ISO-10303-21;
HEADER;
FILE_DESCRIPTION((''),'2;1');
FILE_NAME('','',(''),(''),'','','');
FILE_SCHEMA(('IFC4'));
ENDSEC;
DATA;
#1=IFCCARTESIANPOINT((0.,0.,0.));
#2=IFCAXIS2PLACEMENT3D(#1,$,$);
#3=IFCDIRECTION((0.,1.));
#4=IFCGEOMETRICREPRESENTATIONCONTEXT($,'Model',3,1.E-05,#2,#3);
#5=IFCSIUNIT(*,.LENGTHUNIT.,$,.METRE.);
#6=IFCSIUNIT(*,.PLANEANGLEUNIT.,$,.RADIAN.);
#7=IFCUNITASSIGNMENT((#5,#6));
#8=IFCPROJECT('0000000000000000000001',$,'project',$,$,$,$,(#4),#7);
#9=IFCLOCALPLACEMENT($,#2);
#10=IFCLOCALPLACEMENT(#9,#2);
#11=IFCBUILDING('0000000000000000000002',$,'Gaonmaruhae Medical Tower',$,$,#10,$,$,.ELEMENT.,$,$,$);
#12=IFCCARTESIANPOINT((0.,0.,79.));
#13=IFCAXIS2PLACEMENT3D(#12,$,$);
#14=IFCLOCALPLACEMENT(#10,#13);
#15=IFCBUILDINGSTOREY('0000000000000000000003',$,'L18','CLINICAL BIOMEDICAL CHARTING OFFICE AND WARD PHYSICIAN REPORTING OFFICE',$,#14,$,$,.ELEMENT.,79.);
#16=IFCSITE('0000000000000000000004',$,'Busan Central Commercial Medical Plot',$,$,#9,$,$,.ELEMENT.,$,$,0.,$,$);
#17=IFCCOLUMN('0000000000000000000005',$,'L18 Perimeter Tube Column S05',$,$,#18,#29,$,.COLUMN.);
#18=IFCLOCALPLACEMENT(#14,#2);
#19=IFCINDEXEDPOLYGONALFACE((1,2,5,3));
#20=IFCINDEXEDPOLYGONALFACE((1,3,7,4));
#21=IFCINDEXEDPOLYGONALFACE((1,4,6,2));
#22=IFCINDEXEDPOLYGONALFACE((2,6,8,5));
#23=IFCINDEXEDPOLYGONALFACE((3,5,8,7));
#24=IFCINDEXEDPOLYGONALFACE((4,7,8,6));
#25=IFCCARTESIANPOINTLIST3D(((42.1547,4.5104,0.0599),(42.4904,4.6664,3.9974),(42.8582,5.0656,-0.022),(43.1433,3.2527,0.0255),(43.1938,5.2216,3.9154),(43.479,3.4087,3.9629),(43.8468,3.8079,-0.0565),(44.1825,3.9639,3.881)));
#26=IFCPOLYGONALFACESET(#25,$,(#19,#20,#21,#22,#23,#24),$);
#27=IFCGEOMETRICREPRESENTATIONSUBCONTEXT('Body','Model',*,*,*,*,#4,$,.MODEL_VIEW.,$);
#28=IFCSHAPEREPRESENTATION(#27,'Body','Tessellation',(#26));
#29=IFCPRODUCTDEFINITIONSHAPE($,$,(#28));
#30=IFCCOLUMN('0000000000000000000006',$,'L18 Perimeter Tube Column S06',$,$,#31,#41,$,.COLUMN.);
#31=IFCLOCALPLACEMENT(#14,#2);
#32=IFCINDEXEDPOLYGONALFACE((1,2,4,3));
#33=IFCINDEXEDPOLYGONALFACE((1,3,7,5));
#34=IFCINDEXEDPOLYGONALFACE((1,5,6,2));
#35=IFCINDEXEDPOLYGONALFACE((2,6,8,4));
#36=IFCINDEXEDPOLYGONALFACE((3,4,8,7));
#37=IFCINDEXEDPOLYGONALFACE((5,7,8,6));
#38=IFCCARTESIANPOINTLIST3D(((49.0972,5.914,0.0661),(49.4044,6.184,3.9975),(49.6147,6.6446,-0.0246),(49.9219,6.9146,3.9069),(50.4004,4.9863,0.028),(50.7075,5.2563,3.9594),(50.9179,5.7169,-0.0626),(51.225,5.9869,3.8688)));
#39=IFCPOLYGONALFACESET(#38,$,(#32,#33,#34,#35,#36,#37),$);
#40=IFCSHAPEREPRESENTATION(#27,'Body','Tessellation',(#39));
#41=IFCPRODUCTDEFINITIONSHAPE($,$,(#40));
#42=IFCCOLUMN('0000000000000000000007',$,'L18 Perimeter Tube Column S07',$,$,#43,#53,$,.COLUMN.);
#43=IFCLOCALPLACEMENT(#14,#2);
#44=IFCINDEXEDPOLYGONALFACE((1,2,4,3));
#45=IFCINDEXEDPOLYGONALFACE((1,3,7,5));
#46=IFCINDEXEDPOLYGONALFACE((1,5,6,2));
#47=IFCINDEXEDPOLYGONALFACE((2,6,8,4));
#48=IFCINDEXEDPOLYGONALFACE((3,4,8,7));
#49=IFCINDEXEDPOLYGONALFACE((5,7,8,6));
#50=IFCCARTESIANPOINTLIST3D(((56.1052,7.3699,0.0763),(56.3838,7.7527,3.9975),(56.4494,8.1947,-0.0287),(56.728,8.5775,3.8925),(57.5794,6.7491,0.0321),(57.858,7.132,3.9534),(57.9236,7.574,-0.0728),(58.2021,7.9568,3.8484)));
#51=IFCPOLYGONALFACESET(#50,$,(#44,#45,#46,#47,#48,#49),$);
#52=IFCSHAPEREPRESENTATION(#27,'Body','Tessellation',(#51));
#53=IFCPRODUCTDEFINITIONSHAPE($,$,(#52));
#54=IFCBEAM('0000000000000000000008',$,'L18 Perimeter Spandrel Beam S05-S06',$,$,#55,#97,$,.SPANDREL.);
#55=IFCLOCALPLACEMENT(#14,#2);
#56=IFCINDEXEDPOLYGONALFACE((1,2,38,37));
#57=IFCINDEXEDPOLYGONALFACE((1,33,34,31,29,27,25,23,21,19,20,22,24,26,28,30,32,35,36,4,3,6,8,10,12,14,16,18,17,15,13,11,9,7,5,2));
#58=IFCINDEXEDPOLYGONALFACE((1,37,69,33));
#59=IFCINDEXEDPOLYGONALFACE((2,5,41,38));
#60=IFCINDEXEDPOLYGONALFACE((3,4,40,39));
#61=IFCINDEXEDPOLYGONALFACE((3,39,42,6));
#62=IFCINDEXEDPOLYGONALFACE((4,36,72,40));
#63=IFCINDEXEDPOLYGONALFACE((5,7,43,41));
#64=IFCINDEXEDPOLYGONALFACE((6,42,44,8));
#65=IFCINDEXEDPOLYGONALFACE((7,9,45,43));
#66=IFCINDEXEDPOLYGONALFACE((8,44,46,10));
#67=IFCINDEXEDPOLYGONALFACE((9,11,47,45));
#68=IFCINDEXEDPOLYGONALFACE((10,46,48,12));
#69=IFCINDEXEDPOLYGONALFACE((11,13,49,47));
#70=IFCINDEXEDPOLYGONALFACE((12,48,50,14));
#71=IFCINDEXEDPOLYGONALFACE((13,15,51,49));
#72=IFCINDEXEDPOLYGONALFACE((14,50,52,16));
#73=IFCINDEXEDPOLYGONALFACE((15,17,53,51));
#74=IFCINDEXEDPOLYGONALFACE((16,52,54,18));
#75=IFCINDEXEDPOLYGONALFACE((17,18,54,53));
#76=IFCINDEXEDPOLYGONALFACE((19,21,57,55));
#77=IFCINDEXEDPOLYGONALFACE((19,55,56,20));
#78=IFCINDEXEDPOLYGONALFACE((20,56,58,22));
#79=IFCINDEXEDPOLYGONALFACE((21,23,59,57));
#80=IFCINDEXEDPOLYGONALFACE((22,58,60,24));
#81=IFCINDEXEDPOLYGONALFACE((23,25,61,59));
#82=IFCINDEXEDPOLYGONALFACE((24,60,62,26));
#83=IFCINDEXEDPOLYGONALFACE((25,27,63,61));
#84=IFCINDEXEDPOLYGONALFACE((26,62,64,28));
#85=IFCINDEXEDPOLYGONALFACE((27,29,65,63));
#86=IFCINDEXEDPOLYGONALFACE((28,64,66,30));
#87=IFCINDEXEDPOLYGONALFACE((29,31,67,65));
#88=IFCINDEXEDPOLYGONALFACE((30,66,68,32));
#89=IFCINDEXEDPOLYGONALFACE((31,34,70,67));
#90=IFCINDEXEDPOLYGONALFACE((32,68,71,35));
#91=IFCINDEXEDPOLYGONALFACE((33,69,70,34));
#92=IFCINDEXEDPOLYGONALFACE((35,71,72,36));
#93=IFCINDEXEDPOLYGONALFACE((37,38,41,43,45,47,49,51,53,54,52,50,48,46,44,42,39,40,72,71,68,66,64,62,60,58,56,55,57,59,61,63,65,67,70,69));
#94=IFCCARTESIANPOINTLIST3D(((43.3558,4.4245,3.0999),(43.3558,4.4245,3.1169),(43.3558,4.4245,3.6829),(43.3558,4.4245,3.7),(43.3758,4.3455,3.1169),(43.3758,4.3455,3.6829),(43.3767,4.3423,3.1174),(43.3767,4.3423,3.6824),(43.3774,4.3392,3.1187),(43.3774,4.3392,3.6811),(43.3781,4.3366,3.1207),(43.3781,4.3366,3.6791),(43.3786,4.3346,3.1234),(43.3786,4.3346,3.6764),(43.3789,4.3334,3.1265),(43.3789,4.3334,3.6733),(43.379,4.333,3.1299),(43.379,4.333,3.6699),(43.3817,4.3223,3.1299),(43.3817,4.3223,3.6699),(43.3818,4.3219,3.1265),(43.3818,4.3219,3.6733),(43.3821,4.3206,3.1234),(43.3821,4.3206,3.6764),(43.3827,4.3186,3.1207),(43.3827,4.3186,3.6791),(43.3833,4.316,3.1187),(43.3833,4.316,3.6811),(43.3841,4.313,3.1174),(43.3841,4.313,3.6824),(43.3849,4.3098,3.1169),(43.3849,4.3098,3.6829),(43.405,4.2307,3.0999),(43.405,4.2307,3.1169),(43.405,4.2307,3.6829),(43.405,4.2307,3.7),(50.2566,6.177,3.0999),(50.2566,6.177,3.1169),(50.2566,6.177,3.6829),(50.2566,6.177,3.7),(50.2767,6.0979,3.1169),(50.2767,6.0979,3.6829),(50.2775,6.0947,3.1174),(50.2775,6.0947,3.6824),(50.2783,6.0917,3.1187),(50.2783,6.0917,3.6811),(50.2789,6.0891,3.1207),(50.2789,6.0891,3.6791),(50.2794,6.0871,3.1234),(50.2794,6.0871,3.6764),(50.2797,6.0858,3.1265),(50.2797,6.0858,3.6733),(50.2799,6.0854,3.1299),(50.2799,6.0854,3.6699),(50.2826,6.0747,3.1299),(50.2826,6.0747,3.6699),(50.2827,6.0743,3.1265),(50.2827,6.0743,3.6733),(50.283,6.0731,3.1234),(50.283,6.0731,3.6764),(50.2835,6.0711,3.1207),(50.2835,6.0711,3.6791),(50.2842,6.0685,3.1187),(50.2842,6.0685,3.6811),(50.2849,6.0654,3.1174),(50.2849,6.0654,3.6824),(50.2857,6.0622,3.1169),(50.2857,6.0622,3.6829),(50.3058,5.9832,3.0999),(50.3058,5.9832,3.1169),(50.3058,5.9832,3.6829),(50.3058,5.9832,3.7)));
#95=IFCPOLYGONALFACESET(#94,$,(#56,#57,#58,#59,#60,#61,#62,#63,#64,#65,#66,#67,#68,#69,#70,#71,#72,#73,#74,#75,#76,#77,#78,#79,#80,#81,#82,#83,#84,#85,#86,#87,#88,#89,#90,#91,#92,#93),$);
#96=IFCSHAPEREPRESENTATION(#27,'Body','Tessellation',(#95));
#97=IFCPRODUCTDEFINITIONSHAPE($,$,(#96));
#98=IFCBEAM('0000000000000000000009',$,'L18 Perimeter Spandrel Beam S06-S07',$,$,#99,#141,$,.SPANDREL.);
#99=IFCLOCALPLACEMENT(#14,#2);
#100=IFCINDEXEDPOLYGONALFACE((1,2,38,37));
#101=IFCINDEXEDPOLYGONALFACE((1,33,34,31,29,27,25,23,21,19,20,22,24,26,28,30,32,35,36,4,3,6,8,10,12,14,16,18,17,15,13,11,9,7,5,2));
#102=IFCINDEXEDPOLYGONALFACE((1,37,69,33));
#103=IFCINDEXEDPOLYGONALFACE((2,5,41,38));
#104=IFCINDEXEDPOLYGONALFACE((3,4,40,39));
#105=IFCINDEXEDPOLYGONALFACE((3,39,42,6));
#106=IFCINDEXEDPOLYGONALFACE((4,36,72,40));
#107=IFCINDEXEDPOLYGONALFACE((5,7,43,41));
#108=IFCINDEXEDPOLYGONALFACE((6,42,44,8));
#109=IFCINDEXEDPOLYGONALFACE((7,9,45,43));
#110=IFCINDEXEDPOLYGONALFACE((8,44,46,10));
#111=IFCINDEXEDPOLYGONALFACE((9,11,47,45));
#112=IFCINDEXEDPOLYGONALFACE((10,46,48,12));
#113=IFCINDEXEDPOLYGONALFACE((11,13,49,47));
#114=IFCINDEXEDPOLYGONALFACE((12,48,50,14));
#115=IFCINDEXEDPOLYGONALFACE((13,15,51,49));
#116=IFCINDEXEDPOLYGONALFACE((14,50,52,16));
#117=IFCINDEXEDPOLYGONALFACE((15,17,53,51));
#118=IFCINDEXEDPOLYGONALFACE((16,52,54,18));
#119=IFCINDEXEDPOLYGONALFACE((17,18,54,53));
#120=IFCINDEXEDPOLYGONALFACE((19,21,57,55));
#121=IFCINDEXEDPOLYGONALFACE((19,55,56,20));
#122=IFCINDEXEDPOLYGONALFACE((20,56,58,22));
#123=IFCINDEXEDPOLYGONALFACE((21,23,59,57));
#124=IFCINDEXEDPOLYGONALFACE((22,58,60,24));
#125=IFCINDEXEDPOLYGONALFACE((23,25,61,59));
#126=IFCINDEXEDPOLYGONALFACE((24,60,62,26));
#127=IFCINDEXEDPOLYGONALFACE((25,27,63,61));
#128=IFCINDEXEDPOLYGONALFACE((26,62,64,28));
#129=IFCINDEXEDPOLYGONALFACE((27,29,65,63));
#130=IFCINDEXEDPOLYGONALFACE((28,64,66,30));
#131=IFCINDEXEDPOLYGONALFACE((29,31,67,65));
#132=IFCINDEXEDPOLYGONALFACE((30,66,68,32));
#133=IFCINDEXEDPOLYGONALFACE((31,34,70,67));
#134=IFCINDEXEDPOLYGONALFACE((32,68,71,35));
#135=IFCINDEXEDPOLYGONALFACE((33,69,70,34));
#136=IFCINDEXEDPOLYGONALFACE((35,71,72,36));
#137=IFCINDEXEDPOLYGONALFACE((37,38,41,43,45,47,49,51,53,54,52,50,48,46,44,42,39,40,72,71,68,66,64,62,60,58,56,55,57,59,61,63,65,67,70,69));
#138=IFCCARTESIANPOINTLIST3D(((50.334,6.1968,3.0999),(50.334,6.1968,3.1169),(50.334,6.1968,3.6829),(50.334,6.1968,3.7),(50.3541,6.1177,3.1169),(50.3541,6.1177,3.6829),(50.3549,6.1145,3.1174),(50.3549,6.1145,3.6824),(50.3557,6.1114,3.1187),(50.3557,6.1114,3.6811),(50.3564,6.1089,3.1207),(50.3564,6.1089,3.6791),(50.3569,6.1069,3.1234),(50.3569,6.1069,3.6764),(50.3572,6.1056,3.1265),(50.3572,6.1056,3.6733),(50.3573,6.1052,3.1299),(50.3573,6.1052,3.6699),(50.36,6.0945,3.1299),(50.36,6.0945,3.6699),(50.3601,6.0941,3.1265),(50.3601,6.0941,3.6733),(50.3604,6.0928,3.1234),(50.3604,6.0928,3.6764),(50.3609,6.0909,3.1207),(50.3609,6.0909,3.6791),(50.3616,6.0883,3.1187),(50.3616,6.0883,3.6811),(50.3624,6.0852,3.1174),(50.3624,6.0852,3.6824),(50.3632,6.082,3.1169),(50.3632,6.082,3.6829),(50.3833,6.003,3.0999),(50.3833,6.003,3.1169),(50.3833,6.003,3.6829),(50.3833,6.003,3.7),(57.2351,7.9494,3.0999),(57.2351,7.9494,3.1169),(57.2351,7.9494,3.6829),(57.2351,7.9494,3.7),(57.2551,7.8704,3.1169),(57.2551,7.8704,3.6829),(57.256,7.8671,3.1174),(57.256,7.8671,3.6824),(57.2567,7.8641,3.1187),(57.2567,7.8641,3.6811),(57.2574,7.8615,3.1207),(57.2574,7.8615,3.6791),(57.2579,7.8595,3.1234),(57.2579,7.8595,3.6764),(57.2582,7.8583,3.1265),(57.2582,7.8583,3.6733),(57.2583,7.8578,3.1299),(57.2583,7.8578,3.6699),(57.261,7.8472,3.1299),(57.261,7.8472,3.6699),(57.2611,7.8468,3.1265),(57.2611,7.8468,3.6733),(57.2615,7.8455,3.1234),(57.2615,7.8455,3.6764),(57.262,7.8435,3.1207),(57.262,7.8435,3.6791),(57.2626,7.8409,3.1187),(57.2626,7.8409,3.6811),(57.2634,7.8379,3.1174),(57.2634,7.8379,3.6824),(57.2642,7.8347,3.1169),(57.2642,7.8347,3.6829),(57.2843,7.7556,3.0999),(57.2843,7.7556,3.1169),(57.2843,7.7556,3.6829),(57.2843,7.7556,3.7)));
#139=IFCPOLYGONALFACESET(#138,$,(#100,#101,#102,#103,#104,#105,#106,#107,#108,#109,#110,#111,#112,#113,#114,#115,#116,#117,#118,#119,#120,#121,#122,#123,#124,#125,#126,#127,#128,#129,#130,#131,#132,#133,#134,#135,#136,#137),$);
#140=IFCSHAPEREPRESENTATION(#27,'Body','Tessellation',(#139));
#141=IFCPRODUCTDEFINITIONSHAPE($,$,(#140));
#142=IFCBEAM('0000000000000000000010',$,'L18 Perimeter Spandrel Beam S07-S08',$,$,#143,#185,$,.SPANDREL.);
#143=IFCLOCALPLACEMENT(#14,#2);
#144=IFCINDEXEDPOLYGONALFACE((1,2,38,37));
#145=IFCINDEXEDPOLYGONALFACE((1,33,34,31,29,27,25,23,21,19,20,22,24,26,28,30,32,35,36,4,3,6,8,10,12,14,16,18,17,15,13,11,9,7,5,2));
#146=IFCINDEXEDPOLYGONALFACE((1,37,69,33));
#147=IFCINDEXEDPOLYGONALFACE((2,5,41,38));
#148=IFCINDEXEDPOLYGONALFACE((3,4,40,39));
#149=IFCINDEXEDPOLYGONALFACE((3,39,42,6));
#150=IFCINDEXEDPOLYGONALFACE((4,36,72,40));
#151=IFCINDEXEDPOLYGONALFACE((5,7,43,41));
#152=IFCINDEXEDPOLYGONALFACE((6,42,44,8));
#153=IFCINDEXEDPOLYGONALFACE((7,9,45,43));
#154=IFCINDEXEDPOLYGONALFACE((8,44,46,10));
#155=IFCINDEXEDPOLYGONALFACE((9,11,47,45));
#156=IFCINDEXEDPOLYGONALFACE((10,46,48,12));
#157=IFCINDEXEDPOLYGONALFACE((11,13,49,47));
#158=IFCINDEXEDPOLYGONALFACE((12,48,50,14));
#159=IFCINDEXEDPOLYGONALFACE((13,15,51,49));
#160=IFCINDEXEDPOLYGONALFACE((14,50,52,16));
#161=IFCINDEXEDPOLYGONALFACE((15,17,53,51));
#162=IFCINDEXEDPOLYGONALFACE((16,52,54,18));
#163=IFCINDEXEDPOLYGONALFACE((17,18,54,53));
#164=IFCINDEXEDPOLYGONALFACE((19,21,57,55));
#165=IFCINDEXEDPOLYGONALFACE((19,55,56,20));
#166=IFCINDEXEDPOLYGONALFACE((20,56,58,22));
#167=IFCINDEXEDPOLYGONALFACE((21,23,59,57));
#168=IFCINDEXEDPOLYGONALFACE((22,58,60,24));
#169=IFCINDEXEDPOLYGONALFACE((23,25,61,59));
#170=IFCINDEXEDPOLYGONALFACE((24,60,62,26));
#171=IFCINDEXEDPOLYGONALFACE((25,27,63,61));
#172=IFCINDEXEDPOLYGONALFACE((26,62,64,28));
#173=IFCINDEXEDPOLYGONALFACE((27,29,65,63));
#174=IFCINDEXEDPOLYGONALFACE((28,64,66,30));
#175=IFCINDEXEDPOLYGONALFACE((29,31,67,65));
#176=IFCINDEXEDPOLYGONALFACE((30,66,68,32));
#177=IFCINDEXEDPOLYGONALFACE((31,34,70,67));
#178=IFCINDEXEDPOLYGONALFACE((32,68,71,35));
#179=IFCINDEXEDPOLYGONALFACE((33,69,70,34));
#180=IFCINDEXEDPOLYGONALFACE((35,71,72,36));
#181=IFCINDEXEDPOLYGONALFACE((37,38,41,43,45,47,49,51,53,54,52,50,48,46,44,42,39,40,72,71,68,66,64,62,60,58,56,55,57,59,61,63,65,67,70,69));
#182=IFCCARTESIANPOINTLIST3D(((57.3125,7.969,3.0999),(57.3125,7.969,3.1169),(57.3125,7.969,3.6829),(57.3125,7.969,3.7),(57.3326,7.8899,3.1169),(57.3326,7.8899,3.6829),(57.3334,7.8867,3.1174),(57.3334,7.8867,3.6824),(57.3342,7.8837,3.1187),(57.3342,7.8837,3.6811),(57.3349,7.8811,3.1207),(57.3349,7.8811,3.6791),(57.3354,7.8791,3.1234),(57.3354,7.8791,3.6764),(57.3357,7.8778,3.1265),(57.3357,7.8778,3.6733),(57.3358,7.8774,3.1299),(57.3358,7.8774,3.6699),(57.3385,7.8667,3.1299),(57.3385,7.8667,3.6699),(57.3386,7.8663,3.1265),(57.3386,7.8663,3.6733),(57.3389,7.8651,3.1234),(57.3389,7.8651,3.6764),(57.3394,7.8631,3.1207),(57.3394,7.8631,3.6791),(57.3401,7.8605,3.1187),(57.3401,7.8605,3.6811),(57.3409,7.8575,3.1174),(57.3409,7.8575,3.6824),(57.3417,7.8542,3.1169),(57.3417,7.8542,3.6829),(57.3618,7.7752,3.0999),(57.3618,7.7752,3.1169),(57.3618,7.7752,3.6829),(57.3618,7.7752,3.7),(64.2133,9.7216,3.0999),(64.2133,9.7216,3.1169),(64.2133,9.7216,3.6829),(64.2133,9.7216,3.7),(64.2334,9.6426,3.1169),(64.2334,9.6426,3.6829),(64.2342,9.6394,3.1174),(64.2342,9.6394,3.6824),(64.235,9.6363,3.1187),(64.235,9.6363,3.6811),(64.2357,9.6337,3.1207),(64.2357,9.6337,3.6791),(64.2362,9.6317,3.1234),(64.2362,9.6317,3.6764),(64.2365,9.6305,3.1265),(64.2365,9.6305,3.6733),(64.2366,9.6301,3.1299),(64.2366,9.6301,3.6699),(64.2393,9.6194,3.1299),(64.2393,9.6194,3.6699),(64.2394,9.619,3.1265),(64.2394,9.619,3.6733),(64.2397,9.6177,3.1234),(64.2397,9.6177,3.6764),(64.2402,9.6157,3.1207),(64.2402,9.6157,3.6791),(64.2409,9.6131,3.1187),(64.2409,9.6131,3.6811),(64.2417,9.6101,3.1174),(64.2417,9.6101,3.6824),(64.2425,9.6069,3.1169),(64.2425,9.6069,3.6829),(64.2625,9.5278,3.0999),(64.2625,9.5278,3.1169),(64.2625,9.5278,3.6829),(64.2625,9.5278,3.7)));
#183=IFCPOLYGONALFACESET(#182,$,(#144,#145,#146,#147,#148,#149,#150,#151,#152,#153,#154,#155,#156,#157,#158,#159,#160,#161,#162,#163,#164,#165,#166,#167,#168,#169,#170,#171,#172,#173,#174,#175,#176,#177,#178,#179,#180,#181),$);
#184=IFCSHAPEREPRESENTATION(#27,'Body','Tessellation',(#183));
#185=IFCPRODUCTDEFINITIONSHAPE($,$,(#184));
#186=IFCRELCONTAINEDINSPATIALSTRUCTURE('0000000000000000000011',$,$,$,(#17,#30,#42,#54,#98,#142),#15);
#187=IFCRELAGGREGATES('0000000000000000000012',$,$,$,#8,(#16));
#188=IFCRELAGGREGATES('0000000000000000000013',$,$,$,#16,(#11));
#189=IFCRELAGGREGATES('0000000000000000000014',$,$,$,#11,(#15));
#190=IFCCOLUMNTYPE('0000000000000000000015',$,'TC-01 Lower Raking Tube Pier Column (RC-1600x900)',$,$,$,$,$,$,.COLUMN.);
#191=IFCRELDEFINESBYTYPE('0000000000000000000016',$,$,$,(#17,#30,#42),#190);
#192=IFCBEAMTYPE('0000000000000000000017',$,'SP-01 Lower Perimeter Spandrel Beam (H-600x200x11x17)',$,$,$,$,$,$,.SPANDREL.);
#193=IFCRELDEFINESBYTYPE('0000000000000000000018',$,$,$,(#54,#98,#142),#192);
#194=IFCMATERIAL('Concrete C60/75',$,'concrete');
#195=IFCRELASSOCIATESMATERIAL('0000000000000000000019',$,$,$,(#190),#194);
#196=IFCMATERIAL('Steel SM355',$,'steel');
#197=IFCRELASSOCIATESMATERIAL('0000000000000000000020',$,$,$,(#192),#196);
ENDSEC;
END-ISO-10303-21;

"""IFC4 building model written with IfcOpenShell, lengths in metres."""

from ifc_helpers import new_model, si_unit, direction, frame, origin, origin_2d, place, context, subcontext, project, spatial, rectangle, i_section, extrude, material, material_profile, profile_set, type_object, element, save


model = new_model("IFC4")

# Units and contexts
model_context = context("Model", 3, precision=1e-05, world=origin(), true_north=direction((0.0, 1.0)))
body_context = subcontext(model_context, "Body", "Model", "MODEL_VIEW")
ifc_project = project(units=[si_unit("LENGTHUNIT", "METRE"), si_unit("PLANEANGLEUNIT", "RADIAN")], contexts=[model_context])

# Site, building, storey
site_placement = place(None, origin())
site = spatial("IfcSite", under=ifc_project, at=site_placement, Name="Busan Central Commercial Medical Plot", CompositionType="ELEMENT", RefElevation=0.0)
building_placement = place(site_placement, origin())
building = spatial("IfcBuilding", under=site, at=building_placement, Name="Gaonmaruhae Medical Tower", CompositionType="ELEMENT")
storey_placement = place(building_placement, frame((0.0, 0.0, 79.0)))
storey = spatial("IfcBuildingStorey", under=building, at=storey_placement, Name="L18", Description="CLINICAL BIOMEDICAL CHARTING OFFICE AND WARD PHYSICIAN REPORTING OFFICE", CompositionType="ELEMENT", Elevation=79.0)

# Columns
ifc_material_1 = material(Name="Concrete C60/75", Category="concrete")
ifc_material_profile_1 = material_profile(ifc_material_1, rectangle(XDim=1.6001, YDim=0.8999, at=origin_2d()), Name="RC-1600x900")
ifc_profile_set_1 = profile_set([ifc_material_profile_1], Name="Concrete C60/75")
column_type = type_object("IfcColumnType", Name="TC-01 Lower Raking Tube Pier Column (RC-1600x900)", PredefinedType="COLUMN", material=ifc_profile_set_1)
column_1_placement = place(storey_placement, frame((43.0007, 4.1592, 0.0017), z_axis=(0.084881, 0.039447, 0.99561), x_axis=(-0.617843, 0.786006, 0.021533)))
element("IfcColumn", 1, at=column_1_placement, inside=storey, type_object=column_type, Name="L18 Perimeter Tube Column S05", PredefinedType="COLUMN", context=body_context, shape_type="SweptSolid", body=[
    extrude(rectangle(XDim=1.6001, YDim=0.8999, at=origin_2d()), origin(), (0.0, 0.0, 1.0), 3.9548),
])
column_2_placement = place(storey_placement, frame((50.0076, 5.8154, 0.0017), z_axis=(0.077703, 0.068314, 0.994633), x_axis=(-0.814414, 0.579797, 0.023802)))
element("IfcColumn", 2, at=column_2_placement, inside=storey, type_object=column_type, Name="L18 Perimeter Tube Column S06", PredefinedType="COLUMN", context=body_context, shape_type="SweptSolid", body=[
    extrude(rectangle(XDim=1.6001, YDim=0.8999, at=origin_2d()), origin(), (0.0, 0.0, 1.0), 3.9526),
])
column_3_placement = place(storey_placement, frame((57.0144, 7.4719, 0.0017), z_axis=(0.070529, 0.096924, 0.99279), x_axis=(-0.921275, 0.387933, 0.027576)))
element("IfcColumn", 3, at=column_3_placement, inside=storey, type_object=column_type, Name="L18 Perimeter Tube Column S07", PredefinedType="COLUMN", context=body_context, shape_type="SweptSolid", body=[
    extrude(rectangle(XDim=1.6001, YDim=0.8999, at=origin_2d()), origin(), (0.0, 0.0, 1.0), 3.9497),
])

# Beams
ifc_material_2 = material(Name="Steel SM355", Category="steel")
ifc_material_profile_2 = material_profile(ifc_material_2, i_section(OverallWidth=0.2, OverallDepth=0.6001, WebThickness=0.011, FlangeThickness=0.0171, FilletRadius=0.0129, at=origin_2d()), Name="H-600x200x11x17")
ifc_profile_set_2 = profile_set([ifc_material_profile_2], Name="Steel SM355")
beam_type = type_object("IfcBeamType", Name="SP-01 Lower Perimeter Spandrel Beam (H-600x200x11x17)", PredefinedType="SPANDREL", material=ifc_profile_set_2)
beam_1_placement = place(storey_placement, frame((43.3804, 4.3276, 3.3999), z_axis=(0.969236, 0.246132, 0.0), x_axis=(-0.246132, 0.969236, 0.0)))
element("IfcBeam", 4, at=beam_1_placement, inside=storey, type_object=beam_type, Name="L18 Perimeter Spandrel Beam S05-S06", PredefinedType="SPANDREL", context=body_context, shape_type="SweptSolid", body=[
    extrude(i_section(OverallWidth=0.2, OverallDepth=0.6001, WebThickness=0.011, FlangeThickness=0.0171, FilletRadius=0.0129, at=origin_2d()), origin(), (0.0, 0.0, 1.0), 7.1199),
])
beam_2_placement = place(storey_placement, frame((50.3586, 6.0999, 3.3999), z_axis=(0.96923, 0.246156, 0.0), x_axis=(-0.246156, 0.96923, 0.0)))
element("IfcBeam", 5, at=beam_2_placement, inside=storey, type_object=beam_type, Name="L18 Perimeter Spandrel Beam S06-S07", PredefinedType="SPANDREL", context=body_context, shape_type="SweptSolid", body=[
    extrude(i_section(OverallWidth=0.2, OverallDepth=0.6001, WebThickness=0.011, FlangeThickness=0.0171, FilletRadius=0.0129, at=origin_2d()), origin(), (0.0, 0.0, 1.0), 7.1201),
])
beam_3_placement = place(storey_placement, frame((57.3372, 7.8721, 3.3999), z_axis=(0.969228, 0.246165, 0.0), x_axis=(-0.246165, 0.969228, 0.0)))
element("IfcBeam", 6, at=beam_3_placement, inside=storey, type_object=beam_type, Name="L18 Perimeter Spandrel Beam S07-S08", PredefinedType="SPANDREL", context=body_context, shape_type="SweptSolid", body=[
    extrude(i_section(OverallWidth=0.2, OverallDepth=0.6001, WebThickness=0.011, FlangeThickness=0.0171, FilletRadius=0.0129, at=origin_2d()), origin(), (0.0, 0.0, 1.0), 7.1199),
])

save(model, "model.ifc")
